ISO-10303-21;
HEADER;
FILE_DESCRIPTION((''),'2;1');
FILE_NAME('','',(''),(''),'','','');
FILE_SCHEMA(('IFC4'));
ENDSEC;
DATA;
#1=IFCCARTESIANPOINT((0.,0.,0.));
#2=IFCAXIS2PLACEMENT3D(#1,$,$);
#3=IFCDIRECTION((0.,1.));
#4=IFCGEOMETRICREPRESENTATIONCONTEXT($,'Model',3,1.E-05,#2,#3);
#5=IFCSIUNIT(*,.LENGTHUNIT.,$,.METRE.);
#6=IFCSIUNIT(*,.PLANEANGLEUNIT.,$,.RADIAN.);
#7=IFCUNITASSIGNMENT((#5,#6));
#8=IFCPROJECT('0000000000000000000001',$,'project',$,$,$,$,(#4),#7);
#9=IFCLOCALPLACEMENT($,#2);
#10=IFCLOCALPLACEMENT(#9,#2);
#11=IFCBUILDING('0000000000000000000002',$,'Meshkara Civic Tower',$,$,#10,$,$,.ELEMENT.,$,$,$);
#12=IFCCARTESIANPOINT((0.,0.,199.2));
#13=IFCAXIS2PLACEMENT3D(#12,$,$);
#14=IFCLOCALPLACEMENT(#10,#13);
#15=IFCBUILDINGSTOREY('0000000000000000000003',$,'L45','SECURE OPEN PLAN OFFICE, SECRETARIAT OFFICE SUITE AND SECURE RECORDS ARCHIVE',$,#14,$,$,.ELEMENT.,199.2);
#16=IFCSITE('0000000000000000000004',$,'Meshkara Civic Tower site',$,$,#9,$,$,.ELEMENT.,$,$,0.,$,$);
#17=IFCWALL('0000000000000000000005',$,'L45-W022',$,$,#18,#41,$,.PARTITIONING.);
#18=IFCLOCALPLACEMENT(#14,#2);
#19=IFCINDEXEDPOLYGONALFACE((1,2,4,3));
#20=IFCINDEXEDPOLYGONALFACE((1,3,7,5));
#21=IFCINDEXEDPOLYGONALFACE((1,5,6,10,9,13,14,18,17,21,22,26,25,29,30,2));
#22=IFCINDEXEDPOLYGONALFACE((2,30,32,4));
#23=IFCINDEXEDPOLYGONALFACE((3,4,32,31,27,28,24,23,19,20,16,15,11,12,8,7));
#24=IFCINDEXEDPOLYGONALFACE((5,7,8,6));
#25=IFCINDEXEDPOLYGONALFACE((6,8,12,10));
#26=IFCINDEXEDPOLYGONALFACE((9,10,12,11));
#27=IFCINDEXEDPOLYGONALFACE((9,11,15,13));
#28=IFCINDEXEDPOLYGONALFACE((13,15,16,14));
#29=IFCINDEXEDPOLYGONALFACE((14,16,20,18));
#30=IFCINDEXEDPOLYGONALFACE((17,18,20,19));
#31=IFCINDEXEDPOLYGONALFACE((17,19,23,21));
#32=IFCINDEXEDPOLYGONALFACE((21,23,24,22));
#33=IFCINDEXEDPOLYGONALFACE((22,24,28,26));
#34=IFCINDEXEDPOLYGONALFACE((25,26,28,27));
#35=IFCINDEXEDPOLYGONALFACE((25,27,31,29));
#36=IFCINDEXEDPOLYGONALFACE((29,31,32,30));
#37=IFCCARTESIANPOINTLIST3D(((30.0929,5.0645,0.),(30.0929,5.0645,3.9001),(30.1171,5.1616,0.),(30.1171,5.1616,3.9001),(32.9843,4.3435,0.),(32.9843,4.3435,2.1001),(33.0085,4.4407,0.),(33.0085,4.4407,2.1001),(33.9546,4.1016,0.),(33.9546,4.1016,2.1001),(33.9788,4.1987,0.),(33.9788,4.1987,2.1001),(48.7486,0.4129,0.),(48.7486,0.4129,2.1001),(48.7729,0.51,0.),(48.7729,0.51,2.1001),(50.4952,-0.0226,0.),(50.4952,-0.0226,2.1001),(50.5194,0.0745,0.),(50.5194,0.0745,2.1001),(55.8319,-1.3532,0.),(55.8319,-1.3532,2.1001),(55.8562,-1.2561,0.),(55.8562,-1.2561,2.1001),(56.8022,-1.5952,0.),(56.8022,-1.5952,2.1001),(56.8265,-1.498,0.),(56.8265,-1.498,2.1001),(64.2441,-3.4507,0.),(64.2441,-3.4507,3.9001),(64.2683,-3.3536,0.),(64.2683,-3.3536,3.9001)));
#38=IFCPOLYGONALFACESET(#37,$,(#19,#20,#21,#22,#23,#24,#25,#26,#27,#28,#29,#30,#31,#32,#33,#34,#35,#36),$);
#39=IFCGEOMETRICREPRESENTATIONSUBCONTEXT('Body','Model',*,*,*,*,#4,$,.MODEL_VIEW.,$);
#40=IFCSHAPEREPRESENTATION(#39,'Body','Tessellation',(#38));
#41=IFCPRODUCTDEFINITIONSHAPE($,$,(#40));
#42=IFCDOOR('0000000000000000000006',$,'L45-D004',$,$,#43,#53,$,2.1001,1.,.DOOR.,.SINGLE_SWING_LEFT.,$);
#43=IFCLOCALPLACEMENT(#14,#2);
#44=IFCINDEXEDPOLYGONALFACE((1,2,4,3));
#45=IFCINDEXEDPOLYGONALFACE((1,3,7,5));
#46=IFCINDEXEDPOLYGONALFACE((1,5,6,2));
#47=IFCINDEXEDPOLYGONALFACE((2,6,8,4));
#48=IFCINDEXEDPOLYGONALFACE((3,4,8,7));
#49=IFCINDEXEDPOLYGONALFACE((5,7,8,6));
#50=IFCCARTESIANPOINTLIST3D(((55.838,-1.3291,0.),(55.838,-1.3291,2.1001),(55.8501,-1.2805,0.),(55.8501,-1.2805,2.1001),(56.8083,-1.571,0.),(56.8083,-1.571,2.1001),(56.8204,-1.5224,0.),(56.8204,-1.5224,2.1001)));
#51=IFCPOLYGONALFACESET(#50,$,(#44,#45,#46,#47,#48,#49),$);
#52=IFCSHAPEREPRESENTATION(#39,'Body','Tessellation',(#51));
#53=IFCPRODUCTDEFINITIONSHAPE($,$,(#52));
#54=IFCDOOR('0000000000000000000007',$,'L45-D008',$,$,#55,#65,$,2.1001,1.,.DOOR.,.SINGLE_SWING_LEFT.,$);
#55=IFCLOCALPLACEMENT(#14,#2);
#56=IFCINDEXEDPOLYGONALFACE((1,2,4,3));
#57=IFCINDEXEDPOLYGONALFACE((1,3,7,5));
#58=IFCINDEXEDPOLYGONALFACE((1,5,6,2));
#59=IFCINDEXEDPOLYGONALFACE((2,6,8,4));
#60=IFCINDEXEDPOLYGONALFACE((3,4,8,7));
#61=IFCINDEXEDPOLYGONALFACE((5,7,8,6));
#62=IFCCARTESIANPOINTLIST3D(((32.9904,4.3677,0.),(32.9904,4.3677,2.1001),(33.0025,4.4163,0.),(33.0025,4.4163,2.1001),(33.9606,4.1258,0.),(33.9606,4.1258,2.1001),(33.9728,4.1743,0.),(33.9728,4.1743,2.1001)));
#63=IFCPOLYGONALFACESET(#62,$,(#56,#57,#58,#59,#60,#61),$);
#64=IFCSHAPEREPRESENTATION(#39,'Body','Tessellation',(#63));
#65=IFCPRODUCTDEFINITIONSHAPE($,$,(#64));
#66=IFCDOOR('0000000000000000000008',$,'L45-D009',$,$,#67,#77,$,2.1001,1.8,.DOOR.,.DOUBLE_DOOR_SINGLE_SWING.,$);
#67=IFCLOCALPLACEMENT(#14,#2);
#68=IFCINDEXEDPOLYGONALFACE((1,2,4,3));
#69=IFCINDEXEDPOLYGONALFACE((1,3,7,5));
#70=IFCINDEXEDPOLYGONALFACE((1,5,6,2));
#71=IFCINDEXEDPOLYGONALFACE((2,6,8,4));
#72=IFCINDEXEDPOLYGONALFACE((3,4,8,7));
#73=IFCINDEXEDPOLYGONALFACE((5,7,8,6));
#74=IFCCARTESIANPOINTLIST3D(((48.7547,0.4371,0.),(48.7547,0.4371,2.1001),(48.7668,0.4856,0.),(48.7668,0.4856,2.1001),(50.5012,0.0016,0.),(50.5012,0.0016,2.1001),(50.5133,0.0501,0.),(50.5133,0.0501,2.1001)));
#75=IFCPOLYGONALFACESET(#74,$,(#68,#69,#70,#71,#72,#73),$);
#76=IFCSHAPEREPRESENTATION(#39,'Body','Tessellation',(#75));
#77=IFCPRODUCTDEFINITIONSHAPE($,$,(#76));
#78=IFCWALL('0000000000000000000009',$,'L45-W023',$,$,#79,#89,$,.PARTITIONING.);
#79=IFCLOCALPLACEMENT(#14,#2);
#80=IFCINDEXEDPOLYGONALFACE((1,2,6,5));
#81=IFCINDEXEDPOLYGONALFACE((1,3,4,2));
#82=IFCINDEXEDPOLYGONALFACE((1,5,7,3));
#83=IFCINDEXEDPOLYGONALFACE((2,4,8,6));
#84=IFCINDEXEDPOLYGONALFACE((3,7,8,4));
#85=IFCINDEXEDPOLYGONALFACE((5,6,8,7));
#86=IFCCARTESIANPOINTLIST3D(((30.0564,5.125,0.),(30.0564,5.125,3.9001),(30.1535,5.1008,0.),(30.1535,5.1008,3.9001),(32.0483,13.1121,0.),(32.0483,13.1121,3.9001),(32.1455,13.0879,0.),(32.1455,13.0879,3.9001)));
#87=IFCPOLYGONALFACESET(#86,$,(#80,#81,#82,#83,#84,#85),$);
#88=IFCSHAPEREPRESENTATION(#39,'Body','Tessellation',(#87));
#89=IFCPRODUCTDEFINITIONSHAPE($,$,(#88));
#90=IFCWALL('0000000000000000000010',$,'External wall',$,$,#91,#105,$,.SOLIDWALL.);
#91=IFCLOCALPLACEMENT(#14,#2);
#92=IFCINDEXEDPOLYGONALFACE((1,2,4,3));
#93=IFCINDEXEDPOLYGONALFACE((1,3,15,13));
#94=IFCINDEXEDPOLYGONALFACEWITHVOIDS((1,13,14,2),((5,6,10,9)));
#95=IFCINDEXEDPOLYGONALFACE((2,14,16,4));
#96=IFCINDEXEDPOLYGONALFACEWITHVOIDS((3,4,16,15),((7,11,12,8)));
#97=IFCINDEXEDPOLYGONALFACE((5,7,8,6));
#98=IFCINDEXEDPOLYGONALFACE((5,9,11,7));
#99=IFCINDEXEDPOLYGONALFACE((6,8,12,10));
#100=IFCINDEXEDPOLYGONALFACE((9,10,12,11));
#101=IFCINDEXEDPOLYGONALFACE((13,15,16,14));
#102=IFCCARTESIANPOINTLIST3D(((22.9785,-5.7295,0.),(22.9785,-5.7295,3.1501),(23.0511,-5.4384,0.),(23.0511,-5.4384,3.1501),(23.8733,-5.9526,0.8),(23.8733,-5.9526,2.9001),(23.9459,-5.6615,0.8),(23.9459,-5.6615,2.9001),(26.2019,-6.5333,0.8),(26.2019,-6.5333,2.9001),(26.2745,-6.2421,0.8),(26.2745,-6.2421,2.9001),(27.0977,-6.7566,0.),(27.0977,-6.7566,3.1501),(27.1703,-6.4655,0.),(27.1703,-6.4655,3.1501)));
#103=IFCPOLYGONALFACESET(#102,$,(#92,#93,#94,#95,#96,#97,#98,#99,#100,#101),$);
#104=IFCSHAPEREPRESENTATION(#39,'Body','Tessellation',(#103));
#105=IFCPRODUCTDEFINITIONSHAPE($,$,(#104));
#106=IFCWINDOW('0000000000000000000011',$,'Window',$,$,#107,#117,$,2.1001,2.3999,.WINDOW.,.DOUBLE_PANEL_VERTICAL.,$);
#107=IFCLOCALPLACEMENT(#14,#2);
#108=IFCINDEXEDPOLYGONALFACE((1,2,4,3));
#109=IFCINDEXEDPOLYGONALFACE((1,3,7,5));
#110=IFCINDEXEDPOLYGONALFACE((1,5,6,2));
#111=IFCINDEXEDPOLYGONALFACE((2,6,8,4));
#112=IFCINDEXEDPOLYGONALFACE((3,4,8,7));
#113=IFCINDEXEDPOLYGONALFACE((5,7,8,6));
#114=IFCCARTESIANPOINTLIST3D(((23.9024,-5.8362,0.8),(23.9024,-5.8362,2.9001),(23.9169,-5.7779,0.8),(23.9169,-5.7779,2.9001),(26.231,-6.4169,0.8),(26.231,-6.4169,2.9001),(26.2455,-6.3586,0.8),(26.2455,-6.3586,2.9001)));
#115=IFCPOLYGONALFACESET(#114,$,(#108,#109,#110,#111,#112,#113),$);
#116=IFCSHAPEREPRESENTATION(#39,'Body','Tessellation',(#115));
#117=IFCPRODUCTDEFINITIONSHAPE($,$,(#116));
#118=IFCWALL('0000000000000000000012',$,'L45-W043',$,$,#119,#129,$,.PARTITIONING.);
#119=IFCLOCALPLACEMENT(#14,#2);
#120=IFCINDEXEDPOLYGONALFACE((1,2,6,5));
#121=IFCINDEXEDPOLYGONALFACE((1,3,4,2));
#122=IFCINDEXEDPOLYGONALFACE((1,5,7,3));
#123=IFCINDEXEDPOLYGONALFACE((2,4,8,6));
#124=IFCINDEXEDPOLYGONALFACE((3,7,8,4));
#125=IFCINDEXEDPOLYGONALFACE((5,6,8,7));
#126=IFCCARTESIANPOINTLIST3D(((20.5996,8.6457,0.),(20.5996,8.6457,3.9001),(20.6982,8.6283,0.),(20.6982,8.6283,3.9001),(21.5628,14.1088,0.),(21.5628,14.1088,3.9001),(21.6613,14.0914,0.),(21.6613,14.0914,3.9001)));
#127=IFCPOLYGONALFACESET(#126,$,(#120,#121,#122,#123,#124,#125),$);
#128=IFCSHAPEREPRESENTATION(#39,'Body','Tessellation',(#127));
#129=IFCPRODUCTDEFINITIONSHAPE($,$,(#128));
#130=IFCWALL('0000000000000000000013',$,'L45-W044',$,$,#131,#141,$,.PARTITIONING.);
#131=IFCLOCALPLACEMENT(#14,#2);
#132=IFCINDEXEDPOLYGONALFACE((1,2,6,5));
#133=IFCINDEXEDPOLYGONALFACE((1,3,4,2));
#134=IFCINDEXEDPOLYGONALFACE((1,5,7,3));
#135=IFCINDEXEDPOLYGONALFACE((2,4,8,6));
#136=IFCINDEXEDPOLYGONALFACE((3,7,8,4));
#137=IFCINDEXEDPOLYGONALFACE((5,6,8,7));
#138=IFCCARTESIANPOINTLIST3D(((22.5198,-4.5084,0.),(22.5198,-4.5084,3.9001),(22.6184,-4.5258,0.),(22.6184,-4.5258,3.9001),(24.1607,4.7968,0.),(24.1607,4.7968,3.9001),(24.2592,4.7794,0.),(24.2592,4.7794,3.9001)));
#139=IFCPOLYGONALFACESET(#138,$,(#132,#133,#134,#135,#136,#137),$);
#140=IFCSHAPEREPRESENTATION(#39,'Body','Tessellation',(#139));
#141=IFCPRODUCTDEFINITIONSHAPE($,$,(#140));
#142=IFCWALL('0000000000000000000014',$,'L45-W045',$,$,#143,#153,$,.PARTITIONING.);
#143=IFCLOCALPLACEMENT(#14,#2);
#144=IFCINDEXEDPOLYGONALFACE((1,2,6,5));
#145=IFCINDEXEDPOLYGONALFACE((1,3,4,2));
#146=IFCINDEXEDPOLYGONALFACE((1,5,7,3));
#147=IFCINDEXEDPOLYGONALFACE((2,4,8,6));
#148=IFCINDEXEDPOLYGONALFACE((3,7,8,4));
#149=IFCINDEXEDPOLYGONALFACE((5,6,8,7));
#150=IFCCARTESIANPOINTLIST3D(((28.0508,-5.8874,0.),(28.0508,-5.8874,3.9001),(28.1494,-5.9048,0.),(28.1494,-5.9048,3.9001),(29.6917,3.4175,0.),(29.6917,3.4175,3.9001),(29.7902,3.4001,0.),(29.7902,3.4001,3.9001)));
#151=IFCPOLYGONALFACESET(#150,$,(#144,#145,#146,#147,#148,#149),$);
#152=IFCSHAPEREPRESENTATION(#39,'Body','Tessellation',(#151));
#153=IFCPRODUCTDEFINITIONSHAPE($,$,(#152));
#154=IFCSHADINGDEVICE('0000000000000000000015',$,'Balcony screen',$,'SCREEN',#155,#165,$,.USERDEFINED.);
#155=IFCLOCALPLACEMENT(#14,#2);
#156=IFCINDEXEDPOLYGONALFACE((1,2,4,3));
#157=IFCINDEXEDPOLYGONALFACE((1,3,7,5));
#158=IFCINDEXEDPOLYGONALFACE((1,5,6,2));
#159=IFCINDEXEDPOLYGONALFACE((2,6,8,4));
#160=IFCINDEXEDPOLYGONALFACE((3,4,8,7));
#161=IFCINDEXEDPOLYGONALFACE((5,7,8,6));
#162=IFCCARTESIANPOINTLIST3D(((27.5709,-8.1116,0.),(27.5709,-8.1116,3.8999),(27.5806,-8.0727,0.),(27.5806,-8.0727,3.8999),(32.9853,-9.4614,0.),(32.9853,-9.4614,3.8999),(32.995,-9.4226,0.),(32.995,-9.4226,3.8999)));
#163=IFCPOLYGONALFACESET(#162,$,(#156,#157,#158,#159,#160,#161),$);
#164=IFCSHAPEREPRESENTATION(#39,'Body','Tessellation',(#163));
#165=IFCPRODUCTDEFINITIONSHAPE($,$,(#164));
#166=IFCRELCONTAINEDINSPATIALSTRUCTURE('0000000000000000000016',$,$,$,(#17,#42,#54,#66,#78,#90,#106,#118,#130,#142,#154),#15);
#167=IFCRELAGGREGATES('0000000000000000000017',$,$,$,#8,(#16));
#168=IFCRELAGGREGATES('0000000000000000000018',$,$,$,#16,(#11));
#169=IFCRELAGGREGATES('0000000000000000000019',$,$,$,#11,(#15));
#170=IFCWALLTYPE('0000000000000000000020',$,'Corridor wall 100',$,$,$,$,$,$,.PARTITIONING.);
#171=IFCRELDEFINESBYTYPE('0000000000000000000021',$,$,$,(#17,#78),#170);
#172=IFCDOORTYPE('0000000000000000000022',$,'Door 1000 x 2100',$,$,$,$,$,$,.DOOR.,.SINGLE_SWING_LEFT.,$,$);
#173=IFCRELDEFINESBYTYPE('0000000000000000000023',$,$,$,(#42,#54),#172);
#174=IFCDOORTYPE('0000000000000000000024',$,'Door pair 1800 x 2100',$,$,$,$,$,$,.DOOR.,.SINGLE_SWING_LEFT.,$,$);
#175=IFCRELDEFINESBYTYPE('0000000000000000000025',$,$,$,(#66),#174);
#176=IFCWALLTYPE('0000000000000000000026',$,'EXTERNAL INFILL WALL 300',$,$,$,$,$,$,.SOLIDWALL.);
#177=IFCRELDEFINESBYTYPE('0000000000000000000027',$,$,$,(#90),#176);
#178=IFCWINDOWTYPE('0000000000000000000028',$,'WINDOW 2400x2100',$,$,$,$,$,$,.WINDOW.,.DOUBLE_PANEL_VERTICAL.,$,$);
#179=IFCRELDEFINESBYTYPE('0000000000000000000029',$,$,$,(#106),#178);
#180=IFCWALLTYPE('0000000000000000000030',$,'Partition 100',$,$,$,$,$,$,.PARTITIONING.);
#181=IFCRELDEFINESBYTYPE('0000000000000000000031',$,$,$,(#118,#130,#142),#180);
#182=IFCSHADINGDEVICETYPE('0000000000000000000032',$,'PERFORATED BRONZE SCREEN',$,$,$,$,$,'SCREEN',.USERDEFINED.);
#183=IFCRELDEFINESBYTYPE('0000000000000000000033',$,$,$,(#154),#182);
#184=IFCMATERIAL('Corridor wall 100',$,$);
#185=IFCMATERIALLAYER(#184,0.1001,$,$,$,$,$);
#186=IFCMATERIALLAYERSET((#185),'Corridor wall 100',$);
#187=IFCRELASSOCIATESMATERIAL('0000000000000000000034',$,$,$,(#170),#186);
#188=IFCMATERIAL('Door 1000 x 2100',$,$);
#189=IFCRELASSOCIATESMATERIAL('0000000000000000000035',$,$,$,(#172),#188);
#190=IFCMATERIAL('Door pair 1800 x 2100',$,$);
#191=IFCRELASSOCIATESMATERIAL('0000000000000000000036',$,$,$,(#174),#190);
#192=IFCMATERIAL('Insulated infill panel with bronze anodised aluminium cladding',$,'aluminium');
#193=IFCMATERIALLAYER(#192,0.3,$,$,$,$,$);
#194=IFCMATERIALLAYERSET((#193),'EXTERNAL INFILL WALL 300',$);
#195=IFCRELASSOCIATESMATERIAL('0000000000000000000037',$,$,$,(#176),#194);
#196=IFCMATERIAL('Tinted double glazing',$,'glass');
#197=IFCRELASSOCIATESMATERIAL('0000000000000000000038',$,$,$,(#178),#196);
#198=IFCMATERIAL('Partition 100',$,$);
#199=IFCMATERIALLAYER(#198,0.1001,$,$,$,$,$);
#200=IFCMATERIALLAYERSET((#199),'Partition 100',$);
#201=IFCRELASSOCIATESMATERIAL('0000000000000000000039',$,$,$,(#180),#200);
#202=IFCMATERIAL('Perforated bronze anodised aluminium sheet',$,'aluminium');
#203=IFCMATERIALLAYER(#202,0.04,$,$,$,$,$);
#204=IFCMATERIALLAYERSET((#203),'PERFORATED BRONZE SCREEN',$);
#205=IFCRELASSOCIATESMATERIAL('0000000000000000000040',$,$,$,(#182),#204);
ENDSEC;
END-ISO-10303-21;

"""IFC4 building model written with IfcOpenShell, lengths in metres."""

from ifc_helpers import new_model, si_unit, direction, frame, frame_2d, origin, origin_2d, place, context, subcontext, project, spatial, rectangle, extrude, material, layer, layer_set, type_object, element, fill, save


model = new_model("IFC4")

# Units and contexts
model_context = context("Model", 3, precision=1e-05, world=origin(), true_north=direction((0.0, 1.0)))
body_context = subcontext(model_context, "Body", "Model", "MODEL_VIEW")
ifc_project = project(units=[si_unit("LENGTHUNIT", "METRE"), si_unit("PLANEANGLEUNIT", "RADIAN")], contexts=[model_context])

# Site, building, storey
site_placement = place(None, origin())
site = spatial("IfcSite", under=ifc_project, at=site_placement, Name="Meshkara Civic Tower site", CompositionType="ELEMENT", RefElevation=0.0)
building_placement = place(site_placement, origin())
building = spatial("IfcBuilding", under=site, at=building_placement, Name="Meshkara Civic Tower", CompositionType="ELEMENT")
storey_placement = place(building_placement, frame((0.0, 0.0, 199.2)))
storey = spatial("IfcBuildingStorey", under=building, at=storey_placement, Name="L45", Description="SECURE OPEN PLAN OFFICE, SECRETARIAT OFFICE SUITE AND SECURE RECORDS ARCHIVE", CompositionType="ELEMENT", Elevation=199.2)

# Wall, openings, doors
ifc_material_1 = material(Name="Corridor wall 100")
ifc_layer_1 = layer(ifc_material_1, 0.1001)
ifc_layer_set_1 = layer_set([ifc_layer_1], Name="Corridor wall 100")
wall_type_1 = type_object("IfcWallType", Name="Corridor wall 100", PredefinedType="PARTITIONING", material=ifc_layer_set_1)
wall_1_placement = place(storey_placement, frame((30.105, 5.113, 0.0), z_axis=(0.0, 0.0, 1.0), x_axis=(0.970294, -0.24193, 0.0)))
wall_1 = element("IfcWall", 1, at=wall_1_placement, inside=storey, type_object=wall_type_1, Name="L45-W022", PredefinedType="PARTITIONING", context=body_context, shape_type="SweptSolid", body=[
    extrude(rectangle(XDim=35.1968, YDim=0.1001, at=frame_2d((17.5984, 0.0))), origin(), (0.0, 0.0, 1.0), 3.9001),
])
opening_1_placement = place(wall_1_placement, frame((26.5271, 0.0, 0.0)))
opening_1 = element("IfcOpeningElement", 2, at=opening_1_placement, cuts=wall_1, PredefinedType="OPENING", context=body_context, shape_type="SweptSolid", body=[
    extrude(rectangle(XDim=1.0, YDim=2.1001, at=frame_2d((0.5, 1.05))), frame((0.0, 0.0601, 0.0), z_axis=(0.0, -1.0, 0.0), x_axis=(1.0, 0.0, 0.0)), (0.0, 0.0, 1.0), 0.1201),
])
opening_2_placement = place(wall_1_placement, frame((2.98, 0.0, 0.0)))
opening_2 = element("IfcOpeningElement", 3, at=opening_2_placement, cuts=wall_1, PredefinedType="OPENING", context=body_context, shape_type="SweptSolid", body=[
    extrude(rectangle(XDim=1.0, YDim=2.1001, at=frame_2d((0.5, 1.05))), frame((0.0, 0.0601, 0.0), z_axis=(0.0, -1.0, 0.0), x_axis=(1.0, 0.0, 0.0)), (0.0, 0.0, 1.0), 0.1201),
])
opening_3_placement = place(wall_1_placement, frame((19.2271, 0.0, 0.0)))
opening_3 = element("IfcOpeningElement", 4, at=opening_3_placement, cuts=wall_1, PredefinedType="OPENING", context=body_context, shape_type="SweptSolid", body=[
    extrude(rectangle(XDim=1.8, YDim=2.1001, at=frame_2d((0.8999, 1.05))), frame((0.0, 0.0601, 0.0), z_axis=(0.0, -1.0, 0.0), x_axis=(1.0, 0.0, 0.0)), (0.0, 0.0, 1.0), 0.1201),
])
ifc_material_2 = material(Name="Door 1000 x 2100")
door_type_1 = type_object("IfcDoorType", Name="Door 1000 x 2100", OperationType="SINGLE_SWING_LEFT", PredefinedType="DOOR", material=ifc_material_2)
door_1_placement = place(opening_1_placement, origin())
door_1 = element("IfcDoor", 5, at=door_1_placement, inside=storey, type_object=door_type_1, Name="L45-D004", OperationType="SINGLE_SWING_LEFT", OverallHeight=2.1001, OverallWidth=1.0, PredefinedType="DOOR", context=body_context, shape_type="SweptSolid", body=[
    extrude(rectangle(XDim=1.0, YDim=2.1001, at=frame_2d((0.5, 1.05))), frame((0.0, 0.0249, 0.0), z_axis=(0.0, -1.0, 0.0), x_axis=(1.0, 0.0, 0.0)), (0.0, 0.0, 1.0), 0.05),
])
fill(opening_1, door_1)
door_2_placement = place(opening_2_placement, origin())
door_2 = element("IfcDoor", 6, at=door_2_placement, inside=storey, type_object=door_type_1, Name="L45-D008", OperationType="SINGLE_SWING_LEFT", OverallHeight=2.1001, OverallWidth=1.0, PredefinedType="DOOR", context=body_context, shape_type="SweptSolid", body=[
    extrude(rectangle(XDim=1.0, YDim=2.1001, at=frame_2d((0.5, 1.05))), frame((0.0, 0.0249, 0.0), z_axis=(0.0, -1.0, 0.0), x_axis=(1.0, 0.0, 0.0)), (0.0, 0.0, 1.0), 0.05),
])
fill(opening_2, door_2)
ifc_material_3 = material(Name="Door pair 1800 x 2100")
door_type_2 = type_object("IfcDoorType", Name="Door pair 1800 x 2100", OperationType="SINGLE_SWING_LEFT", PredefinedType="DOOR", material=ifc_material_3)
door_3_placement = place(opening_3_placement, origin())
door_3 = element("IfcDoor", 7, at=door_3_placement, inside=storey, type_object=door_type_2, Name="L45-D009", OperationType="DOUBLE_DOOR_SINGLE_SWING", OverallHeight=2.1001, OverallWidth=1.8, PredefinedType="DOOR", context=body_context, shape_type="SweptSolid", body=[
    extrude(rectangle(XDim=1.8, YDim=2.1001, at=frame_2d((0.8999, 1.05))), frame((0.0, 0.0249, 0.0), z_axis=(0.0, -1.0, 0.0), x_axis=(1.0, 0.0, 0.0)), (0.0, 0.0, 1.0), 0.05),
])
fill(opening_3, door_3)

# Wall
wall_2_placement = place(storey_placement, frame((30.105, 5.113, 0.0), z_axis=(0.0, 0.0, 1.0), x_axis=(0.241984, 0.97028, 0.0)))
element("IfcWall", 8, at=wall_2_placement, inside=storey, type_object=wall_type_1, Name="L45-W023", PredefinedType="PARTITIONING", context=body_context, shape_type="SweptSolid", body=[
    extrude(rectangle(XDim=8.2317, YDim=0.1001, at=frame_2d((4.1157, 0.0))), origin(), (0.0, 0.0, 1.0), 3.9001),
])

# Wall, opening, window
ifc_material_4 = material(Name="Insulated infill panel with bronze anodised aluminium cladding", Category="aluminium")
ifc_layer_2 = layer(ifc_material_4, 0.3)
ifc_layer_set_2 = layer_set([ifc_layer_2], Name="EXTERNAL INFILL WALL 300")
wall_type_2 = type_object("IfcWallType", Name="EXTERNAL INFILL WALL 300", PredefinedType="SOLIDWALL", material=ifc_layer_set_2)
wall_3_placement = place(storey_placement, frame((23.0149, -5.584, 0.0), z_axis=(0.0, 0.0, 1.0), x_axis=(0.970291, -0.24194, 0.0)))
wall_3 = element("IfcWall", 9, at=wall_3_placement, inside=storey, type_object=wall_type_2, Name="External wall", PredefinedType="SOLIDWALL", context=body_context, shape_type="SweptSolid", body=[
    extrude(rectangle(XDim=4.2454, YDim=0.3, at=frame_2d((2.1226, 0.0))), origin(), (0.0, 0.0, 1.0), 3.1501),
])
opening_4_placement = place(wall_3_placement, frame((0.9221, 0.0, 0.8)))
opening_4 = element("IfcOpeningElement", 10, at=opening_4_placement, cuts=wall_3, PredefinedType="OPENING", context=body_context, shape_type="SweptSolid", body=[
    extrude(rectangle(XDim=2.3999, YDim=2.1001, at=frame_2d((1.2, 1.05))), frame((0.0, 0.1599, 0.0), z_axis=(0.0, -1.0, 0.0), x_axis=(1.0, 0.0, 0.0)), (0.0, 0.0, 1.0), 0.3201),
])
ifc_material_5 = material(Name="Tinted double glazing", Category="glass")
window_type = type_object("IfcWindowType", Name="WINDOW 2400x2100", PartitioningType="DOUBLE_PANEL_VERTICAL", PredefinedType="WINDOW", material=ifc_material_5)
window_placement = place(opening_4_placement, origin())
window = element("IfcWindow", 11, at=window_placement, inside=storey, type_object=window_type, Name="Window", OverallHeight=2.1001, OverallWidth=2.3999, PartitioningType="DOUBLE_PANEL_VERTICAL", PredefinedType="WINDOW", context=body_context, shape_type="SweptSolid", body=[
    extrude(rectangle(XDim=2.3999, YDim=2.1001, at=frame_2d((1.2, 1.05))), frame((0.0, 0.03, 0.0), z_axis=(0.0, -1.0, 0.0), x_axis=(1.0, 0.0, 0.0)), (0.0, 0.0, 1.0), 0.0601),
])
fill(opening_4, window)

# Walls
ifc_material_6 = material(Name="Partition 100")
ifc_layer_3 = layer(ifc_material_6, 0.1001)
ifc_layer_set_3 = layer_set([ifc_layer_3], Name="Partition 100")
wall_type_3 = type_object("IfcWallType", Name="Partition 100", PredefinedType="PARTITIONING", material=ifc_layer_set_3)
wall_4_placement = place(storey_placement, frame((20.6489, 8.637, 0.0), z_axis=(0.0, 0.0, 1.0), x_axis=(0.17362, 0.984813, 0.0)))
element("IfcWall", 12, at=wall_4_placement, inside=storey, type_object=wall_type_3, Name="L45-W043", PredefinedType="PARTITIONING", context=body_context, shape_type="SweptSolid", body=[
    extrude(rectangle(XDim=5.5474, YDim=0.1001, at=frame_2d((2.7737, 0.0))), origin(), (0.0, 0.0, 1.0), 3.9001),
])
wall_5_placement = place(storey_placement, frame((22.5691, -4.5171, 0.0), z_axis=(0.0, 0.0, 1.0), x_axis=(0.17366, 0.984806, 0.0)))
element("IfcWall", 13, at=wall_5_placement, inside=storey, type_object=wall_type_3, Name="L45-W044", PredefinedType="PARTITIONING", context=body_context, shape_type="SweptSolid", body=[
    extrude(rectangle(XDim=9.4487, YDim=0.1001, at=frame_2d((4.7244, 0.0))), origin(), (0.0, 0.0, 1.0), 3.9001),
])
wall_6_placement = place(storey_placement, frame((28.1001, -5.896, 0.0), z_axis=(0.0, 0.0, 1.0), x_axis=(0.173664, 0.984805, 0.0)))
element("IfcWall", 14, at=wall_6_placement, inside=storey, type_object=wall_type_3, Name="L45-W045", PredefinedType="PARTITIONING", context=body_context, shape_type="SweptSolid", body=[
    extrude(rectangle(XDim=9.4485, YDim=0.1001, at=frame_2d((4.7241, 0.0))), origin(), (0.0, 0.0, 1.0), 3.9001),
])

# Shading device
ifc_material_7 = material(Name="Perforated bronze anodised aluminium sheet", Category="aluminium")
ifc_layer_4 = layer(ifc_material_7, 0.04)
ifc_layer_set_4 = layer_set([ifc_layer_4], Name="PERFORATED BRONZE SCREEN")
shading_device_type = type_object("IfcShadingDeviceType", Name="PERFORATED BRONZE SCREEN", ElementType="SCREEN", PredefinedType="USERDEFINED", material=ifc_layer_set_4)
shading_device_placement = place(storey_placement, frame((30.283, -8.7671, 0.0), z_axis=(0.0, 0.0, 1.0), x_axis=(0.9703, -0.241905, 0.0)))
element("IfcShadingDevice", 15, at=shading_device_placement, inside=storey, type_object=shading_device_type, Name="Balcony screen", ObjectType="SCREEN", PredefinedType="USERDEFINED", context=body_context, shape_type="SweptSolid", body=[
    extrude(rectangle(XDim=5.5801, YDim=0.04, at=origin_2d()), origin(), (0.0, 0.0, 1.0), 3.8999),
])

save(model, "model.ifc")
